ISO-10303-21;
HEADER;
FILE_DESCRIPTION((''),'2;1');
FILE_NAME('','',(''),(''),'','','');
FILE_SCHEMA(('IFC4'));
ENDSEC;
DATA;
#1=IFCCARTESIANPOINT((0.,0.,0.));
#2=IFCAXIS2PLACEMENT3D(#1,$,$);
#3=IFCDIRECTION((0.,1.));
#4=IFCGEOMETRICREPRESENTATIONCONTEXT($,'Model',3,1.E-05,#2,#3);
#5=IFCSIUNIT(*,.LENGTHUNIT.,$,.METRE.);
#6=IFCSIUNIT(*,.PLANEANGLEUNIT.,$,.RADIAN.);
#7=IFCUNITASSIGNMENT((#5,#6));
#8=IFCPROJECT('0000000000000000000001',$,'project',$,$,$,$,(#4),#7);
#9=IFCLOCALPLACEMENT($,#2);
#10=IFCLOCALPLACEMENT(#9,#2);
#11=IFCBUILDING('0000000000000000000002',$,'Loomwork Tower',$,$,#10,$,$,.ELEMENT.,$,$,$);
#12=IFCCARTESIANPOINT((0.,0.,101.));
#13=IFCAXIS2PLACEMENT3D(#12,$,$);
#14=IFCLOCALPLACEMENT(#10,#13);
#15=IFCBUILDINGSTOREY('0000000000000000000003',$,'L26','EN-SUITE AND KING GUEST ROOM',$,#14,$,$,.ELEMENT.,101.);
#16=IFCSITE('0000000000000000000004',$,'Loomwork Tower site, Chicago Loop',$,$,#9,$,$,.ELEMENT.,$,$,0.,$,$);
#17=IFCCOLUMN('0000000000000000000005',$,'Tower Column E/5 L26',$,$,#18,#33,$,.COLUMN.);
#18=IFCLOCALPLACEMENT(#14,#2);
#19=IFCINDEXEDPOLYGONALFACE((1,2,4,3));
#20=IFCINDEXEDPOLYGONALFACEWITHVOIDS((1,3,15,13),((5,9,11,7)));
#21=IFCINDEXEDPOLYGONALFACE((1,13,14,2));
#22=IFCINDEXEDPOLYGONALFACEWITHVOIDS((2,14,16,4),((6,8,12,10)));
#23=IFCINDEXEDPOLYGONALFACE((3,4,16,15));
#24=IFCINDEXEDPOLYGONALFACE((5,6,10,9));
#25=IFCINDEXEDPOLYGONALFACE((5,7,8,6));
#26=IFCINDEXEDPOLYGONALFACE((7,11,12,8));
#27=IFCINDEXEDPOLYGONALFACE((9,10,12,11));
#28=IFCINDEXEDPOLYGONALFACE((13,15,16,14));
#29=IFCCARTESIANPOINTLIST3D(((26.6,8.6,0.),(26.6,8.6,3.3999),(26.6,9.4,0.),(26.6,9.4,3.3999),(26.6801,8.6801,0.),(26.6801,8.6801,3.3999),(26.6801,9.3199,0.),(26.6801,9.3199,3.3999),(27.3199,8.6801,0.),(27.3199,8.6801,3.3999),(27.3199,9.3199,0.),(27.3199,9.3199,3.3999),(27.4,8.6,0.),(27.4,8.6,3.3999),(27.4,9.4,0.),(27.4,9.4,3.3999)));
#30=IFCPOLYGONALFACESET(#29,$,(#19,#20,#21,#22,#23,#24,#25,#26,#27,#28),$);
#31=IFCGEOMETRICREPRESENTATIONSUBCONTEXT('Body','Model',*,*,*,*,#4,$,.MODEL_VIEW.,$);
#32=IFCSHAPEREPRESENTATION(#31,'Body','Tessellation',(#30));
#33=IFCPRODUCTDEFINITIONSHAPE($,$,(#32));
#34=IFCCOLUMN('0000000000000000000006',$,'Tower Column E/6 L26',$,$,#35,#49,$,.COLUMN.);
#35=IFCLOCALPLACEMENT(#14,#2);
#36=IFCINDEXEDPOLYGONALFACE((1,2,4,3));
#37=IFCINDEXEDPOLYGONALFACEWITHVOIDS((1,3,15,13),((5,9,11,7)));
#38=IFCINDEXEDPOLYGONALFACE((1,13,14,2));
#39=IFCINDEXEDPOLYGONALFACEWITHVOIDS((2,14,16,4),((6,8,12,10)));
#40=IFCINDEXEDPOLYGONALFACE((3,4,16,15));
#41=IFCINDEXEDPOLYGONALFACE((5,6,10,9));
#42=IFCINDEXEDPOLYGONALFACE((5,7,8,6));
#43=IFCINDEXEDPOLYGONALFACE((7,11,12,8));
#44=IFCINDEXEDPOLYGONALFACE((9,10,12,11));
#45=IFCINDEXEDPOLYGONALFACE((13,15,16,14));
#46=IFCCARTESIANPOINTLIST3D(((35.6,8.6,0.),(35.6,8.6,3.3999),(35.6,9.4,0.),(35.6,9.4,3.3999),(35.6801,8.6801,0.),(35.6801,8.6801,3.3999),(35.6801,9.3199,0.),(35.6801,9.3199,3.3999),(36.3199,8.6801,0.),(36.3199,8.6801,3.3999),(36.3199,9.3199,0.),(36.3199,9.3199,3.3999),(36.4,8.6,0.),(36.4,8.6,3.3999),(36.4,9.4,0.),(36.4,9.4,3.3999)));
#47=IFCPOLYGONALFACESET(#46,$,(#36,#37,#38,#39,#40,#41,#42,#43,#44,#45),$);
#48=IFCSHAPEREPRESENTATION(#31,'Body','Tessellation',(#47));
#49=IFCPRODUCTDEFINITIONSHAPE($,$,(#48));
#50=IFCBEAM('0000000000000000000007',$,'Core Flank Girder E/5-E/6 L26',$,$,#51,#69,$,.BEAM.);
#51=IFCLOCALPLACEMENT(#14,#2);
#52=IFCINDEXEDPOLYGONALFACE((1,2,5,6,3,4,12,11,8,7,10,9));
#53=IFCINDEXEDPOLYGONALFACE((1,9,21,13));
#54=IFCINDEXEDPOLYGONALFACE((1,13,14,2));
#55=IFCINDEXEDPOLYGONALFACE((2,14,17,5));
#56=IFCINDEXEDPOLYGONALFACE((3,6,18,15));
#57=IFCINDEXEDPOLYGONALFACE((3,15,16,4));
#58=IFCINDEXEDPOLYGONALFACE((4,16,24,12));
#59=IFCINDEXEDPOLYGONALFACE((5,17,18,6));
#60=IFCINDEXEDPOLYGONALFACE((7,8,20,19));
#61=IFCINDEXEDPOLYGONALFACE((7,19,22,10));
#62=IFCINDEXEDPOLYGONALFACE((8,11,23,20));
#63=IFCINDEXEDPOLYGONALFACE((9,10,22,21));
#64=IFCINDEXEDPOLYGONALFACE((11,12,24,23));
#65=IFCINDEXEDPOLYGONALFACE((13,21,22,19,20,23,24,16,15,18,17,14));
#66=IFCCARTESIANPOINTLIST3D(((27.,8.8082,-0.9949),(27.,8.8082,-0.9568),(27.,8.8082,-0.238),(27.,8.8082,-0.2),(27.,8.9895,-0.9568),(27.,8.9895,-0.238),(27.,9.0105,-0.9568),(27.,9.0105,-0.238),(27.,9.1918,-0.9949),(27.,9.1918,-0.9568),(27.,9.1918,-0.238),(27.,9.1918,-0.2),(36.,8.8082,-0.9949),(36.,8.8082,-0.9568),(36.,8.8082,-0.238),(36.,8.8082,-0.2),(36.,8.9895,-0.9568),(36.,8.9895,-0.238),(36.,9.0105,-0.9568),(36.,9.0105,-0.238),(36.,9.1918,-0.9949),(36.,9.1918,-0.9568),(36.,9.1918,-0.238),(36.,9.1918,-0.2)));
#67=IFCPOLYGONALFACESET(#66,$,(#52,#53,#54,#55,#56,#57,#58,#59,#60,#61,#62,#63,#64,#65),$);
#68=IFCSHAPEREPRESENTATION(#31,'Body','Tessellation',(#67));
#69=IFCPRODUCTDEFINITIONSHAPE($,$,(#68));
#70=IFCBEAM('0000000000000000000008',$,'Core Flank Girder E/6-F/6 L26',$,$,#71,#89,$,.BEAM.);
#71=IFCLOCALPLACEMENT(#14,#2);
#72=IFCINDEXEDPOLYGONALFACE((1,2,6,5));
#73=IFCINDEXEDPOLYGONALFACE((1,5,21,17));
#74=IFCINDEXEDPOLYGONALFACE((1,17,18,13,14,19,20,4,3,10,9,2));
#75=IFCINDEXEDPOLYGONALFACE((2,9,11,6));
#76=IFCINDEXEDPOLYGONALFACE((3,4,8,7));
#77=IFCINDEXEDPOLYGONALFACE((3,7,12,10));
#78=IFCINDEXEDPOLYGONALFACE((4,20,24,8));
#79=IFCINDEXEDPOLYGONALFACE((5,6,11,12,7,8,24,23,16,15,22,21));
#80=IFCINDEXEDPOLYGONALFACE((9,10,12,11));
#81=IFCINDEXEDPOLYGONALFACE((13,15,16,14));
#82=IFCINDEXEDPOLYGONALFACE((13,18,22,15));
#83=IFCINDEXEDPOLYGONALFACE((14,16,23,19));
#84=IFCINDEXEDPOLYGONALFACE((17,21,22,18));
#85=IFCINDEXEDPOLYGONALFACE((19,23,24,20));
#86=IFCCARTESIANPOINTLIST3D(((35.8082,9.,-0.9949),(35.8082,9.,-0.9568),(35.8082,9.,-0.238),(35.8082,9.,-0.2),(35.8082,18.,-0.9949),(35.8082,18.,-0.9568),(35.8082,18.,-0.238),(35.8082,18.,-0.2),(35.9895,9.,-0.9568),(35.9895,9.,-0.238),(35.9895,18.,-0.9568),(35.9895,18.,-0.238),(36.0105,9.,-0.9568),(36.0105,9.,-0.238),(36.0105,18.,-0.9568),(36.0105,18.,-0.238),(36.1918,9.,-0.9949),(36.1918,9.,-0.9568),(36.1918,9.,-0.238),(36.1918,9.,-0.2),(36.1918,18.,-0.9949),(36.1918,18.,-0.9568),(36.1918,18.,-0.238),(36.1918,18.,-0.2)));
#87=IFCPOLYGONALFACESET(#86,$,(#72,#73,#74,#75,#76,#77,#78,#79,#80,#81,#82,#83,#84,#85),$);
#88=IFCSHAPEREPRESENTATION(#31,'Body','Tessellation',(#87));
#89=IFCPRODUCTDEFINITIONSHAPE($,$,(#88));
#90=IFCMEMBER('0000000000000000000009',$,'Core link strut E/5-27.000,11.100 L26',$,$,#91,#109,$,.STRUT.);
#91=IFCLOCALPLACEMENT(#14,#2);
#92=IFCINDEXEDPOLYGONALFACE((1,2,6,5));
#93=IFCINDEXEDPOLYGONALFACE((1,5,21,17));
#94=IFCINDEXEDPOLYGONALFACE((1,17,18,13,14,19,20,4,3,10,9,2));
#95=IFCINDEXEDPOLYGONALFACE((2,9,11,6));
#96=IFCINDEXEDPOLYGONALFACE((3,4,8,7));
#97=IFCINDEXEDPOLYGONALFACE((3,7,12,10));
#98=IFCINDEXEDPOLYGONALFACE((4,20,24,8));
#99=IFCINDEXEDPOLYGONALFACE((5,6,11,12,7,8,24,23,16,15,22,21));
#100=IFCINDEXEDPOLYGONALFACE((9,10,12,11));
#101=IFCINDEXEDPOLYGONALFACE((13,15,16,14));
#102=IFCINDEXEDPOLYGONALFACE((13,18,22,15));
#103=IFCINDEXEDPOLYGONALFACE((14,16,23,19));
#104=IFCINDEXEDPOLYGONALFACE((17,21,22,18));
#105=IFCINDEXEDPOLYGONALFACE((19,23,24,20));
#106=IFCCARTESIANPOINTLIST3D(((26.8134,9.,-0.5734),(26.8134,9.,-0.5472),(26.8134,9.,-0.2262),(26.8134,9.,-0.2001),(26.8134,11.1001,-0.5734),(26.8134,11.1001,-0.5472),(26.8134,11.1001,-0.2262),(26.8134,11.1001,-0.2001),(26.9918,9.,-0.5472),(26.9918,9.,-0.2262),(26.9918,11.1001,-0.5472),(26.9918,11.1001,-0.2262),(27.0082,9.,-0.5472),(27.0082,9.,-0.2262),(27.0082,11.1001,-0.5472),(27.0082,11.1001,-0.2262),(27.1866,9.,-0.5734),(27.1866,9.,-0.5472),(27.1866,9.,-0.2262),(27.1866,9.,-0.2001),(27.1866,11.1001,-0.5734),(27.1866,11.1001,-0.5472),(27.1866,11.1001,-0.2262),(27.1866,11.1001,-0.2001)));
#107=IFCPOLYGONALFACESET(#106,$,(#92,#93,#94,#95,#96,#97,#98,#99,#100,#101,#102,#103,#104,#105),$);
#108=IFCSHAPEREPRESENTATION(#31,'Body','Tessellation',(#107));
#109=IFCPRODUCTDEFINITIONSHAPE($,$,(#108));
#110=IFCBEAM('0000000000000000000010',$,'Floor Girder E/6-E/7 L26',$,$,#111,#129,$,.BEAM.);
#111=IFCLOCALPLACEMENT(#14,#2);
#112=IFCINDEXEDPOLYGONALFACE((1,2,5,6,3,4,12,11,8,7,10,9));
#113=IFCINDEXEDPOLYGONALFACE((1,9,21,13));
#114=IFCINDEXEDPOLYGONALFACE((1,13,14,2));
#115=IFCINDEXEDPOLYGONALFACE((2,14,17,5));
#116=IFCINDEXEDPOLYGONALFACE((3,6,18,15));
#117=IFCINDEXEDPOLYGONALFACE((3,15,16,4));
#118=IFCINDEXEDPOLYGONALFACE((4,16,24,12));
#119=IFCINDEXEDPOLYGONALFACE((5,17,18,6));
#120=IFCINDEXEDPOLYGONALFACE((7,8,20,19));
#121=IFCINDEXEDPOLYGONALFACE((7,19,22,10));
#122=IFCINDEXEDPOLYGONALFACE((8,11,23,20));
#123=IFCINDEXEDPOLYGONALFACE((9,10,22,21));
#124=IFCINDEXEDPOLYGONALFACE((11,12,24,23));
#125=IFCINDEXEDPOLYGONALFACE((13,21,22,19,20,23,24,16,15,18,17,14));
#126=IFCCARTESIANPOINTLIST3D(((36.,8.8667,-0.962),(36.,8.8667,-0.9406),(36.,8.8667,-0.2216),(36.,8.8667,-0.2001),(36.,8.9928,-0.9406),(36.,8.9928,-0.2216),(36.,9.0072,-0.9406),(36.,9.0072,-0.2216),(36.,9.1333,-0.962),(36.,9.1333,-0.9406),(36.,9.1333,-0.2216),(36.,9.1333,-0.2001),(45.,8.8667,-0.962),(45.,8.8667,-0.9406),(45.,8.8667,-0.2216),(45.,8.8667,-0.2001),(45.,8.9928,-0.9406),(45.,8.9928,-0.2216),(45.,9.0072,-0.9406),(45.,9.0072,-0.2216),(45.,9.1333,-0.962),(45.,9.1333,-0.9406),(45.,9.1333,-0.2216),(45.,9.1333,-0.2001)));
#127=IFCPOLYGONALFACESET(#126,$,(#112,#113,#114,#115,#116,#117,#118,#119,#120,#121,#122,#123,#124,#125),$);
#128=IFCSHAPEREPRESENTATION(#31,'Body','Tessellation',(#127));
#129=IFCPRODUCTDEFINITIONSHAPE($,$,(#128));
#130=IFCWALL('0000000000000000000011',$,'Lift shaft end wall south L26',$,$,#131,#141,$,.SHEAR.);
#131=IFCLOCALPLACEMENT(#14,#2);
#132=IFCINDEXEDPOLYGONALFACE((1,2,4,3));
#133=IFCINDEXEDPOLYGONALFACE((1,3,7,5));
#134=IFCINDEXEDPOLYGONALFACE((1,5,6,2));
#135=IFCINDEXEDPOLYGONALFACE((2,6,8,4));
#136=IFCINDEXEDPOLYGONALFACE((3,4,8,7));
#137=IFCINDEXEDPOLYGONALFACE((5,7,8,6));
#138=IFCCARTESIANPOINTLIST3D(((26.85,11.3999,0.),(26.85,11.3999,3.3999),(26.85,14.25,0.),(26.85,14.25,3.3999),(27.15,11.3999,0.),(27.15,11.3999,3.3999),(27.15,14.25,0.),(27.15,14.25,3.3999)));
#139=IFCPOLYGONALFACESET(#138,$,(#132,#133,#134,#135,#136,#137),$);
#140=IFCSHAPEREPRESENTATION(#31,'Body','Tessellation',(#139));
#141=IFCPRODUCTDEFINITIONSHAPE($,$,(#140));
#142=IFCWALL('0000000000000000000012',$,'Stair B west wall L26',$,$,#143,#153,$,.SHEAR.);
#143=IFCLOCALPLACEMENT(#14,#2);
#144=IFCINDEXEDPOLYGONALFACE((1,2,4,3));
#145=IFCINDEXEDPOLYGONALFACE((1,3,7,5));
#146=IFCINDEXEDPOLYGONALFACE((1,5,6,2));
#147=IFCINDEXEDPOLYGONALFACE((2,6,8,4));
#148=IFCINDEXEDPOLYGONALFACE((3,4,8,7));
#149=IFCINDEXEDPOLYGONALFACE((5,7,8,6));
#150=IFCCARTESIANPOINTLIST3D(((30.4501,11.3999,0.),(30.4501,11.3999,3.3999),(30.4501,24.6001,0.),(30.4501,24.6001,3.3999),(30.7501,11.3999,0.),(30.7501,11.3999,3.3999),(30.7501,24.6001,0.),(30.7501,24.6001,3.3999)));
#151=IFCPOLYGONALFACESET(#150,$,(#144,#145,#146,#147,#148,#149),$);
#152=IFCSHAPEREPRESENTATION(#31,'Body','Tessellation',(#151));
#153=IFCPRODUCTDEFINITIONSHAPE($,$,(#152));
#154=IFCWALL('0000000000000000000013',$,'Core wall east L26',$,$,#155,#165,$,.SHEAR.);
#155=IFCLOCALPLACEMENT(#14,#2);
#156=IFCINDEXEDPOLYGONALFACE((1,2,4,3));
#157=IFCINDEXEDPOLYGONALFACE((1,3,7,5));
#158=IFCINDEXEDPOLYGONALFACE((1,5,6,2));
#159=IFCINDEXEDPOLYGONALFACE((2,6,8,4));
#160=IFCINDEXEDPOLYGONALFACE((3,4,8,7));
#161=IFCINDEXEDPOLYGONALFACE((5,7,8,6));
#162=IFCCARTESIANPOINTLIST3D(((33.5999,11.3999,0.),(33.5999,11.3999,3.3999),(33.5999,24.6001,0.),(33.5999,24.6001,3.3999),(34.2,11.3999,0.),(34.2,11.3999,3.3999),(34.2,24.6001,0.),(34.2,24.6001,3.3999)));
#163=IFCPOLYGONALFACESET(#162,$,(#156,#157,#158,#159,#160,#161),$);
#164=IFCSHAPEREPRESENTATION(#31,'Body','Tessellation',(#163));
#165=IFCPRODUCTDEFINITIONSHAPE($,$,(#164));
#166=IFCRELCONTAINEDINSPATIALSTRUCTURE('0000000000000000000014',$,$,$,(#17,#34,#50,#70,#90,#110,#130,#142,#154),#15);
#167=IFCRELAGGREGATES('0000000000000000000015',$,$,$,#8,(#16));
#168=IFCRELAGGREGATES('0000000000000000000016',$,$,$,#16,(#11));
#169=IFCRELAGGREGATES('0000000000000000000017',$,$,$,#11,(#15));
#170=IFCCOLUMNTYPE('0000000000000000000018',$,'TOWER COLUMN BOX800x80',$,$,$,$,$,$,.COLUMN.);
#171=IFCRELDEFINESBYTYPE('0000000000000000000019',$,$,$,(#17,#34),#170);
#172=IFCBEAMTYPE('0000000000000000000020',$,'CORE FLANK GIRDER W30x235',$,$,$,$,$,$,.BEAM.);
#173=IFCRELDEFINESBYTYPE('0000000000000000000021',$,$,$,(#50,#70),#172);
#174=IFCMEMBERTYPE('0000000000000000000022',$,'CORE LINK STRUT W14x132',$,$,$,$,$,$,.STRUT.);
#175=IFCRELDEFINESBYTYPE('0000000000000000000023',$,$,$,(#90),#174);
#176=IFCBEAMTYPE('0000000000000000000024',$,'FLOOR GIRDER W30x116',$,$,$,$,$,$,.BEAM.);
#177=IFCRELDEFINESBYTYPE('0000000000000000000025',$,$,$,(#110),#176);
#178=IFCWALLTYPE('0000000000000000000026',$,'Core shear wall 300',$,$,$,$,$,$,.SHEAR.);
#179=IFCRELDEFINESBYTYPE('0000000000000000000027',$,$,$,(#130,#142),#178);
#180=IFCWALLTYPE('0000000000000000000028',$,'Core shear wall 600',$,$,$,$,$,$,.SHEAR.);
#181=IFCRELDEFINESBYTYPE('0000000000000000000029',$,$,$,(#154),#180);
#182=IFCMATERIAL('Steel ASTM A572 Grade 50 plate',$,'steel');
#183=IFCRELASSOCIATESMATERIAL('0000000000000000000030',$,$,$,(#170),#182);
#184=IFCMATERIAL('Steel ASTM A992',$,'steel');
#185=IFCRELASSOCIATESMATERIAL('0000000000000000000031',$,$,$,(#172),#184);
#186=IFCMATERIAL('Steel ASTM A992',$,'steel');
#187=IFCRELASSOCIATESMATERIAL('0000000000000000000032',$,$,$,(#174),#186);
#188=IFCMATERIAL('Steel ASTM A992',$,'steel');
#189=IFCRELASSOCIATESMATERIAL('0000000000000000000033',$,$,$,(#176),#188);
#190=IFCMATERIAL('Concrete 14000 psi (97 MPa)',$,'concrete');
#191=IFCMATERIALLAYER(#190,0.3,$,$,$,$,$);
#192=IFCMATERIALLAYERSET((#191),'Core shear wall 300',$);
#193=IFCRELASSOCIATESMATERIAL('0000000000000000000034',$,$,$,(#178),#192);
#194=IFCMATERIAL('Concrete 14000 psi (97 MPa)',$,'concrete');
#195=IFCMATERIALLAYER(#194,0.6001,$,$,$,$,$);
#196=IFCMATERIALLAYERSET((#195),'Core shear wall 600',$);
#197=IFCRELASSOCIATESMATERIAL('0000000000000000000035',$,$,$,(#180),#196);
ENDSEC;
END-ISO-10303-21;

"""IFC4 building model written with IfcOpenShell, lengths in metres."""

from ifc_helpers import new_model, si_unit, direction, frame, frame_2d, origin, origin_2d, place, context, subcontext, project, spatial, rectangle, hollow_rectangle, i_section, extrude, material, layer, layer_set, material_profile, profile_set, type_object, element, save


model = new_model("IFC4")

# Units and contexts
model_context = context("Model", 3, precision=1e-05, world=origin(), true_north=direction((0.0, 1.0)))
body_context = subcontext(model_context, "Body", "Model", "MODEL_VIEW")
ifc_project = project(units=[si_unit("LENGTHUNIT", "METRE"), si_unit("PLANEANGLEUNIT", "RADIAN")], contexts=[model_context])

# Site, building, storey
site_placement = place(None, origin())
site = spatial("IfcSite", under=ifc_project, at=site_placement, Name="Loomwork Tower site, Chicago Loop", CompositionType="ELEMENT", RefElevation=0.0)
building_placement = place(site_placement, origin())
building = spatial("IfcBuilding", under=site, at=building_placement, Name="Loomwork Tower", CompositionType="ELEMENT")
storey_placement = place(building_placement, frame((0.0, 0.0, 101.0)))
storey = spatial("IfcBuildingStorey", under=building, at=storey_placement, Name="L26", Description="EN-SUITE AND KING GUEST ROOM", CompositionType="ELEMENT", Elevation=101.0)

# Columns
ifc_material_1 = material(Name="Steel ASTM A572 Grade 50 plate", Category="steel")
ifc_material_profile_1 = material_profile(ifc_material_1, hollow_rectangle(XDim=0.8, YDim=0.8, WallThickness=0.0801, at=origin_2d()), Name="BOX800x80")
ifc_profile_set_1 = profile_set([ifc_material_profile_1], Name="Steel ASTM A572 Grade 50 plate")
column_type = type_object("IfcColumnType", Name="TOWER COLUMN BOX800x80", PredefinedType="COLUMN", material=ifc_profile_set_1)
for number, where, z_axis, x_axis, name in (
    (1, (27.0, 9.0, 0.0), (0.0, 0.0, 1.0), (1.0, 0.0, 0.0), "Tower Column E/5 L26"),
    (2, (36.0, 9.0, 0.0), (0.0, 0.0, 1.0), (0.0, 1.0, 0.0), "Tower Column E/6 L26"),
):
    element("IfcColumn", number, at=place(storey_placement, frame(where, z_axis=z_axis, x_axis=x_axis)), inside=storey, type_object=column_type, Name=name, PredefinedType="COLUMN", context=body_context, shape_type="SweptSolid", body=[
        extrude(hollow_rectangle(XDim=0.8, YDim=0.8, WallThickness=0.0801, at=origin_2d()), origin(), (0.0, 0.0, 1.0), 3.3999),
    ])

# Beams
ifc_material_2 = material(Name="Steel ASTM A992", Category="steel")
ifc_material_profile_2 = material_profile(ifc_material_2, i_section(OverallWidth=0.3835, OverallDepth=0.7949, WebThickness=0.021, FlangeThickness=0.0381, at=origin_2d()), Name="W30x235")
ifc_profile_set_2 = profile_set([ifc_material_profile_2], Name="Steel ASTM A992")
beam_type_1 = type_object("IfcBeamType", Name="CORE FLANK GIRDER W30x235", PredefinedType="BEAM", material=ifc_profile_set_2)
for number, where, z_axis, x_axis, name in (
    (3, (27.0, 9.0, -0.5974), (1.0, 0.0, 0.0), (0.0, 1.0, 0.0), "Core Flank Girder E/5-E/6 L26"),
    (4, (36.0, 9.0, -0.5974), (0.0, 1.0, 0.0), (-1.0, 0.0, 0.0), "Core Flank Girder E/6-F/6 L26"),
):
    element("IfcBeam", number, at=place(storey_placement, frame(where, z_axis=z_axis, x_axis=x_axis)), inside=storey, type_object=beam_type_1, Name=name, PredefinedType="BEAM", context=body_context, shape_type="SweptSolid", body=[
        extrude(i_section(OverallWidth=0.3835, OverallDepth=0.7949, WebThickness=0.021, FlangeThickness=0.0381, at=origin_2d()), origin(), (0.0, 0.0, 1.0), 9.0),
    ])

# Member
ifc_material_3 = material(Name="Steel ASTM A992", Category="steel")
ifc_material_profile_3 = material_profile(ifc_material_3, i_section(OverallWidth=0.3733, OverallDepth=0.3733, WebThickness=0.0164, FlangeThickness=0.0261, at=origin_2d()), Name="W14x132")
ifc_profile_set_3 = profile_set([ifc_material_profile_3], Name="Steel ASTM A992")
member_type = type_object("IfcMemberType", Name="CORE LINK STRUT W14x132", PredefinedType="STRUT", material=ifc_profile_set_3)
member_placement = place(storey_placement, frame((27.0, 9.0, -0.3867), z_axis=(0.0, 1.0, 0.0), x_axis=(-1.0, 0.0, 0.0)))
element("IfcMember", 5, at=member_placement, inside=storey, type_object=member_type, Name="Core link strut E/5-27.000,11.100 L26", PredefinedType="STRUT", context=body_context, shape_type="SweptSolid", body=[
    extrude(i_section(OverallWidth=0.3733, OverallDepth=0.3733, WebThickness=0.0164, FlangeThickness=0.0261, at=origin_2d()), origin(), (0.0, 0.0, 1.0), 2.1001),
])

# Beam
ifc_material_4 = material(Name="Steel ASTM A992", Category="steel")
ifc_material_profile_4 = material_profile(ifc_material_4, i_section(OverallWidth=0.2666, OverallDepth=0.762, WebThickness=0.0144, FlangeThickness=0.0215, at=origin_2d()), Name="W30x116")
ifc_profile_set_4 = profile_set([ifc_material_profile_4], Name="Steel ASTM A992")
beam_type_2 = type_object("IfcBeamType", Name="FLOOR GIRDER W30x116", PredefinedType="BEAM", material=ifc_profile_set_4)
beam_placement = place(storey_placement, frame((36.0, 9.0, -0.5811), z_axis=(1.0, 0.0, 0.0), x_axis=(0.0, 1.0, 0.0)))
element("IfcBeam", 6, at=beam_placement, inside=storey, type_object=beam_type_2, Name="Floor Girder E/6-E/7 L26", PredefinedType="BEAM", context=body_context, shape_type="SweptSolid", body=[
    extrude(i_section(OverallWidth=0.2666, OverallDepth=0.762, WebThickness=0.0144, FlangeThickness=0.0215, at=origin_2d()), origin(), (0.0, 0.0, 1.0), 9.0),
])

# Walls
ifc_material_5 = material(Name="Concrete 14000 psi (97 MPa)", Category="concrete")
ifc_layer_1 = layer(ifc_material_5, 0.3)
ifc_layer_set_1 = layer_set([ifc_layer_1], Name="Core shear wall 300")
wall_type_1 = type_object("IfcWallType", Name="Core shear wall 300", PredefinedType="SHEAR", material=ifc_layer_set_1)
wall_1_placement = place(storey_placement, frame((27.0, 11.3999, 0.0), z_axis=(0.0, 0.0, 1.0), x_axis=(0.0, 1.0, 0.0)))
element("IfcWall", 7, at=wall_1_placement, inside=storey, type_object=wall_type_1, Name="Lift shaft end wall south L26", PredefinedType="SHEAR", context=body_context, shape_type="SweptSolid", body=[
    extrude(rectangle(XDim=2.8501, YDim=0.3, at=frame_2d((1.425, 0.0))), origin(), (0.0, 0.0, 1.0), 3.3999),
])
wall_2_placement = place(storey_placement, frame((30.6001, 11.3999, 0.0), z_axis=(0.0, 0.0, 1.0), x_axis=(0.0, 1.0, 0.0)))
element("IfcWall", 8, at=wall_2_placement, inside=storey, type_object=wall_type_1, Name="Stair B west wall L26", PredefinedType="SHEAR", context=body_context, shape_type="SweptSolid", body=[
    extrude(rectangle(XDim=13.2002, YDim=0.3, at=frame_2d((6.6001, 0.0))), origin(), (0.0, 0.0, 1.0), 3.3999),
])
ifc_material_6 = material(Name="Concrete 14000 psi (97 MPa)", Category="concrete")
ifc_layer_2 = layer(ifc_material_6, 0.6001)
ifc_layer_set_2 = layer_set([ifc_layer_2], Name="Core shear wall 600")
wall_type_2 = type_object("IfcWallType", Name="Core shear wall 600", PredefinedType="SHEAR", material=ifc_layer_set_2)
wall_3_placement = place(storey_placement, frame((33.8999, 11.3999, 0.0), z_axis=(0.0, 0.0, 1.0), x_axis=(0.0, 1.0, 0.0)))
element("IfcWall", 9, at=wall_3_placement, inside=storey, type_object=wall_type_2, Name="Core wall east L26", PredefinedType="SHEAR", context=body_context, shape_type="SweptSolid", body=[
    extrude(rectangle(XDim=13.2002, YDim=0.6001, at=frame_2d((6.6001, 0.0))), origin(), (0.0, 0.0, 1.0), 3.3999),
])

save(model, "model.ifc")
